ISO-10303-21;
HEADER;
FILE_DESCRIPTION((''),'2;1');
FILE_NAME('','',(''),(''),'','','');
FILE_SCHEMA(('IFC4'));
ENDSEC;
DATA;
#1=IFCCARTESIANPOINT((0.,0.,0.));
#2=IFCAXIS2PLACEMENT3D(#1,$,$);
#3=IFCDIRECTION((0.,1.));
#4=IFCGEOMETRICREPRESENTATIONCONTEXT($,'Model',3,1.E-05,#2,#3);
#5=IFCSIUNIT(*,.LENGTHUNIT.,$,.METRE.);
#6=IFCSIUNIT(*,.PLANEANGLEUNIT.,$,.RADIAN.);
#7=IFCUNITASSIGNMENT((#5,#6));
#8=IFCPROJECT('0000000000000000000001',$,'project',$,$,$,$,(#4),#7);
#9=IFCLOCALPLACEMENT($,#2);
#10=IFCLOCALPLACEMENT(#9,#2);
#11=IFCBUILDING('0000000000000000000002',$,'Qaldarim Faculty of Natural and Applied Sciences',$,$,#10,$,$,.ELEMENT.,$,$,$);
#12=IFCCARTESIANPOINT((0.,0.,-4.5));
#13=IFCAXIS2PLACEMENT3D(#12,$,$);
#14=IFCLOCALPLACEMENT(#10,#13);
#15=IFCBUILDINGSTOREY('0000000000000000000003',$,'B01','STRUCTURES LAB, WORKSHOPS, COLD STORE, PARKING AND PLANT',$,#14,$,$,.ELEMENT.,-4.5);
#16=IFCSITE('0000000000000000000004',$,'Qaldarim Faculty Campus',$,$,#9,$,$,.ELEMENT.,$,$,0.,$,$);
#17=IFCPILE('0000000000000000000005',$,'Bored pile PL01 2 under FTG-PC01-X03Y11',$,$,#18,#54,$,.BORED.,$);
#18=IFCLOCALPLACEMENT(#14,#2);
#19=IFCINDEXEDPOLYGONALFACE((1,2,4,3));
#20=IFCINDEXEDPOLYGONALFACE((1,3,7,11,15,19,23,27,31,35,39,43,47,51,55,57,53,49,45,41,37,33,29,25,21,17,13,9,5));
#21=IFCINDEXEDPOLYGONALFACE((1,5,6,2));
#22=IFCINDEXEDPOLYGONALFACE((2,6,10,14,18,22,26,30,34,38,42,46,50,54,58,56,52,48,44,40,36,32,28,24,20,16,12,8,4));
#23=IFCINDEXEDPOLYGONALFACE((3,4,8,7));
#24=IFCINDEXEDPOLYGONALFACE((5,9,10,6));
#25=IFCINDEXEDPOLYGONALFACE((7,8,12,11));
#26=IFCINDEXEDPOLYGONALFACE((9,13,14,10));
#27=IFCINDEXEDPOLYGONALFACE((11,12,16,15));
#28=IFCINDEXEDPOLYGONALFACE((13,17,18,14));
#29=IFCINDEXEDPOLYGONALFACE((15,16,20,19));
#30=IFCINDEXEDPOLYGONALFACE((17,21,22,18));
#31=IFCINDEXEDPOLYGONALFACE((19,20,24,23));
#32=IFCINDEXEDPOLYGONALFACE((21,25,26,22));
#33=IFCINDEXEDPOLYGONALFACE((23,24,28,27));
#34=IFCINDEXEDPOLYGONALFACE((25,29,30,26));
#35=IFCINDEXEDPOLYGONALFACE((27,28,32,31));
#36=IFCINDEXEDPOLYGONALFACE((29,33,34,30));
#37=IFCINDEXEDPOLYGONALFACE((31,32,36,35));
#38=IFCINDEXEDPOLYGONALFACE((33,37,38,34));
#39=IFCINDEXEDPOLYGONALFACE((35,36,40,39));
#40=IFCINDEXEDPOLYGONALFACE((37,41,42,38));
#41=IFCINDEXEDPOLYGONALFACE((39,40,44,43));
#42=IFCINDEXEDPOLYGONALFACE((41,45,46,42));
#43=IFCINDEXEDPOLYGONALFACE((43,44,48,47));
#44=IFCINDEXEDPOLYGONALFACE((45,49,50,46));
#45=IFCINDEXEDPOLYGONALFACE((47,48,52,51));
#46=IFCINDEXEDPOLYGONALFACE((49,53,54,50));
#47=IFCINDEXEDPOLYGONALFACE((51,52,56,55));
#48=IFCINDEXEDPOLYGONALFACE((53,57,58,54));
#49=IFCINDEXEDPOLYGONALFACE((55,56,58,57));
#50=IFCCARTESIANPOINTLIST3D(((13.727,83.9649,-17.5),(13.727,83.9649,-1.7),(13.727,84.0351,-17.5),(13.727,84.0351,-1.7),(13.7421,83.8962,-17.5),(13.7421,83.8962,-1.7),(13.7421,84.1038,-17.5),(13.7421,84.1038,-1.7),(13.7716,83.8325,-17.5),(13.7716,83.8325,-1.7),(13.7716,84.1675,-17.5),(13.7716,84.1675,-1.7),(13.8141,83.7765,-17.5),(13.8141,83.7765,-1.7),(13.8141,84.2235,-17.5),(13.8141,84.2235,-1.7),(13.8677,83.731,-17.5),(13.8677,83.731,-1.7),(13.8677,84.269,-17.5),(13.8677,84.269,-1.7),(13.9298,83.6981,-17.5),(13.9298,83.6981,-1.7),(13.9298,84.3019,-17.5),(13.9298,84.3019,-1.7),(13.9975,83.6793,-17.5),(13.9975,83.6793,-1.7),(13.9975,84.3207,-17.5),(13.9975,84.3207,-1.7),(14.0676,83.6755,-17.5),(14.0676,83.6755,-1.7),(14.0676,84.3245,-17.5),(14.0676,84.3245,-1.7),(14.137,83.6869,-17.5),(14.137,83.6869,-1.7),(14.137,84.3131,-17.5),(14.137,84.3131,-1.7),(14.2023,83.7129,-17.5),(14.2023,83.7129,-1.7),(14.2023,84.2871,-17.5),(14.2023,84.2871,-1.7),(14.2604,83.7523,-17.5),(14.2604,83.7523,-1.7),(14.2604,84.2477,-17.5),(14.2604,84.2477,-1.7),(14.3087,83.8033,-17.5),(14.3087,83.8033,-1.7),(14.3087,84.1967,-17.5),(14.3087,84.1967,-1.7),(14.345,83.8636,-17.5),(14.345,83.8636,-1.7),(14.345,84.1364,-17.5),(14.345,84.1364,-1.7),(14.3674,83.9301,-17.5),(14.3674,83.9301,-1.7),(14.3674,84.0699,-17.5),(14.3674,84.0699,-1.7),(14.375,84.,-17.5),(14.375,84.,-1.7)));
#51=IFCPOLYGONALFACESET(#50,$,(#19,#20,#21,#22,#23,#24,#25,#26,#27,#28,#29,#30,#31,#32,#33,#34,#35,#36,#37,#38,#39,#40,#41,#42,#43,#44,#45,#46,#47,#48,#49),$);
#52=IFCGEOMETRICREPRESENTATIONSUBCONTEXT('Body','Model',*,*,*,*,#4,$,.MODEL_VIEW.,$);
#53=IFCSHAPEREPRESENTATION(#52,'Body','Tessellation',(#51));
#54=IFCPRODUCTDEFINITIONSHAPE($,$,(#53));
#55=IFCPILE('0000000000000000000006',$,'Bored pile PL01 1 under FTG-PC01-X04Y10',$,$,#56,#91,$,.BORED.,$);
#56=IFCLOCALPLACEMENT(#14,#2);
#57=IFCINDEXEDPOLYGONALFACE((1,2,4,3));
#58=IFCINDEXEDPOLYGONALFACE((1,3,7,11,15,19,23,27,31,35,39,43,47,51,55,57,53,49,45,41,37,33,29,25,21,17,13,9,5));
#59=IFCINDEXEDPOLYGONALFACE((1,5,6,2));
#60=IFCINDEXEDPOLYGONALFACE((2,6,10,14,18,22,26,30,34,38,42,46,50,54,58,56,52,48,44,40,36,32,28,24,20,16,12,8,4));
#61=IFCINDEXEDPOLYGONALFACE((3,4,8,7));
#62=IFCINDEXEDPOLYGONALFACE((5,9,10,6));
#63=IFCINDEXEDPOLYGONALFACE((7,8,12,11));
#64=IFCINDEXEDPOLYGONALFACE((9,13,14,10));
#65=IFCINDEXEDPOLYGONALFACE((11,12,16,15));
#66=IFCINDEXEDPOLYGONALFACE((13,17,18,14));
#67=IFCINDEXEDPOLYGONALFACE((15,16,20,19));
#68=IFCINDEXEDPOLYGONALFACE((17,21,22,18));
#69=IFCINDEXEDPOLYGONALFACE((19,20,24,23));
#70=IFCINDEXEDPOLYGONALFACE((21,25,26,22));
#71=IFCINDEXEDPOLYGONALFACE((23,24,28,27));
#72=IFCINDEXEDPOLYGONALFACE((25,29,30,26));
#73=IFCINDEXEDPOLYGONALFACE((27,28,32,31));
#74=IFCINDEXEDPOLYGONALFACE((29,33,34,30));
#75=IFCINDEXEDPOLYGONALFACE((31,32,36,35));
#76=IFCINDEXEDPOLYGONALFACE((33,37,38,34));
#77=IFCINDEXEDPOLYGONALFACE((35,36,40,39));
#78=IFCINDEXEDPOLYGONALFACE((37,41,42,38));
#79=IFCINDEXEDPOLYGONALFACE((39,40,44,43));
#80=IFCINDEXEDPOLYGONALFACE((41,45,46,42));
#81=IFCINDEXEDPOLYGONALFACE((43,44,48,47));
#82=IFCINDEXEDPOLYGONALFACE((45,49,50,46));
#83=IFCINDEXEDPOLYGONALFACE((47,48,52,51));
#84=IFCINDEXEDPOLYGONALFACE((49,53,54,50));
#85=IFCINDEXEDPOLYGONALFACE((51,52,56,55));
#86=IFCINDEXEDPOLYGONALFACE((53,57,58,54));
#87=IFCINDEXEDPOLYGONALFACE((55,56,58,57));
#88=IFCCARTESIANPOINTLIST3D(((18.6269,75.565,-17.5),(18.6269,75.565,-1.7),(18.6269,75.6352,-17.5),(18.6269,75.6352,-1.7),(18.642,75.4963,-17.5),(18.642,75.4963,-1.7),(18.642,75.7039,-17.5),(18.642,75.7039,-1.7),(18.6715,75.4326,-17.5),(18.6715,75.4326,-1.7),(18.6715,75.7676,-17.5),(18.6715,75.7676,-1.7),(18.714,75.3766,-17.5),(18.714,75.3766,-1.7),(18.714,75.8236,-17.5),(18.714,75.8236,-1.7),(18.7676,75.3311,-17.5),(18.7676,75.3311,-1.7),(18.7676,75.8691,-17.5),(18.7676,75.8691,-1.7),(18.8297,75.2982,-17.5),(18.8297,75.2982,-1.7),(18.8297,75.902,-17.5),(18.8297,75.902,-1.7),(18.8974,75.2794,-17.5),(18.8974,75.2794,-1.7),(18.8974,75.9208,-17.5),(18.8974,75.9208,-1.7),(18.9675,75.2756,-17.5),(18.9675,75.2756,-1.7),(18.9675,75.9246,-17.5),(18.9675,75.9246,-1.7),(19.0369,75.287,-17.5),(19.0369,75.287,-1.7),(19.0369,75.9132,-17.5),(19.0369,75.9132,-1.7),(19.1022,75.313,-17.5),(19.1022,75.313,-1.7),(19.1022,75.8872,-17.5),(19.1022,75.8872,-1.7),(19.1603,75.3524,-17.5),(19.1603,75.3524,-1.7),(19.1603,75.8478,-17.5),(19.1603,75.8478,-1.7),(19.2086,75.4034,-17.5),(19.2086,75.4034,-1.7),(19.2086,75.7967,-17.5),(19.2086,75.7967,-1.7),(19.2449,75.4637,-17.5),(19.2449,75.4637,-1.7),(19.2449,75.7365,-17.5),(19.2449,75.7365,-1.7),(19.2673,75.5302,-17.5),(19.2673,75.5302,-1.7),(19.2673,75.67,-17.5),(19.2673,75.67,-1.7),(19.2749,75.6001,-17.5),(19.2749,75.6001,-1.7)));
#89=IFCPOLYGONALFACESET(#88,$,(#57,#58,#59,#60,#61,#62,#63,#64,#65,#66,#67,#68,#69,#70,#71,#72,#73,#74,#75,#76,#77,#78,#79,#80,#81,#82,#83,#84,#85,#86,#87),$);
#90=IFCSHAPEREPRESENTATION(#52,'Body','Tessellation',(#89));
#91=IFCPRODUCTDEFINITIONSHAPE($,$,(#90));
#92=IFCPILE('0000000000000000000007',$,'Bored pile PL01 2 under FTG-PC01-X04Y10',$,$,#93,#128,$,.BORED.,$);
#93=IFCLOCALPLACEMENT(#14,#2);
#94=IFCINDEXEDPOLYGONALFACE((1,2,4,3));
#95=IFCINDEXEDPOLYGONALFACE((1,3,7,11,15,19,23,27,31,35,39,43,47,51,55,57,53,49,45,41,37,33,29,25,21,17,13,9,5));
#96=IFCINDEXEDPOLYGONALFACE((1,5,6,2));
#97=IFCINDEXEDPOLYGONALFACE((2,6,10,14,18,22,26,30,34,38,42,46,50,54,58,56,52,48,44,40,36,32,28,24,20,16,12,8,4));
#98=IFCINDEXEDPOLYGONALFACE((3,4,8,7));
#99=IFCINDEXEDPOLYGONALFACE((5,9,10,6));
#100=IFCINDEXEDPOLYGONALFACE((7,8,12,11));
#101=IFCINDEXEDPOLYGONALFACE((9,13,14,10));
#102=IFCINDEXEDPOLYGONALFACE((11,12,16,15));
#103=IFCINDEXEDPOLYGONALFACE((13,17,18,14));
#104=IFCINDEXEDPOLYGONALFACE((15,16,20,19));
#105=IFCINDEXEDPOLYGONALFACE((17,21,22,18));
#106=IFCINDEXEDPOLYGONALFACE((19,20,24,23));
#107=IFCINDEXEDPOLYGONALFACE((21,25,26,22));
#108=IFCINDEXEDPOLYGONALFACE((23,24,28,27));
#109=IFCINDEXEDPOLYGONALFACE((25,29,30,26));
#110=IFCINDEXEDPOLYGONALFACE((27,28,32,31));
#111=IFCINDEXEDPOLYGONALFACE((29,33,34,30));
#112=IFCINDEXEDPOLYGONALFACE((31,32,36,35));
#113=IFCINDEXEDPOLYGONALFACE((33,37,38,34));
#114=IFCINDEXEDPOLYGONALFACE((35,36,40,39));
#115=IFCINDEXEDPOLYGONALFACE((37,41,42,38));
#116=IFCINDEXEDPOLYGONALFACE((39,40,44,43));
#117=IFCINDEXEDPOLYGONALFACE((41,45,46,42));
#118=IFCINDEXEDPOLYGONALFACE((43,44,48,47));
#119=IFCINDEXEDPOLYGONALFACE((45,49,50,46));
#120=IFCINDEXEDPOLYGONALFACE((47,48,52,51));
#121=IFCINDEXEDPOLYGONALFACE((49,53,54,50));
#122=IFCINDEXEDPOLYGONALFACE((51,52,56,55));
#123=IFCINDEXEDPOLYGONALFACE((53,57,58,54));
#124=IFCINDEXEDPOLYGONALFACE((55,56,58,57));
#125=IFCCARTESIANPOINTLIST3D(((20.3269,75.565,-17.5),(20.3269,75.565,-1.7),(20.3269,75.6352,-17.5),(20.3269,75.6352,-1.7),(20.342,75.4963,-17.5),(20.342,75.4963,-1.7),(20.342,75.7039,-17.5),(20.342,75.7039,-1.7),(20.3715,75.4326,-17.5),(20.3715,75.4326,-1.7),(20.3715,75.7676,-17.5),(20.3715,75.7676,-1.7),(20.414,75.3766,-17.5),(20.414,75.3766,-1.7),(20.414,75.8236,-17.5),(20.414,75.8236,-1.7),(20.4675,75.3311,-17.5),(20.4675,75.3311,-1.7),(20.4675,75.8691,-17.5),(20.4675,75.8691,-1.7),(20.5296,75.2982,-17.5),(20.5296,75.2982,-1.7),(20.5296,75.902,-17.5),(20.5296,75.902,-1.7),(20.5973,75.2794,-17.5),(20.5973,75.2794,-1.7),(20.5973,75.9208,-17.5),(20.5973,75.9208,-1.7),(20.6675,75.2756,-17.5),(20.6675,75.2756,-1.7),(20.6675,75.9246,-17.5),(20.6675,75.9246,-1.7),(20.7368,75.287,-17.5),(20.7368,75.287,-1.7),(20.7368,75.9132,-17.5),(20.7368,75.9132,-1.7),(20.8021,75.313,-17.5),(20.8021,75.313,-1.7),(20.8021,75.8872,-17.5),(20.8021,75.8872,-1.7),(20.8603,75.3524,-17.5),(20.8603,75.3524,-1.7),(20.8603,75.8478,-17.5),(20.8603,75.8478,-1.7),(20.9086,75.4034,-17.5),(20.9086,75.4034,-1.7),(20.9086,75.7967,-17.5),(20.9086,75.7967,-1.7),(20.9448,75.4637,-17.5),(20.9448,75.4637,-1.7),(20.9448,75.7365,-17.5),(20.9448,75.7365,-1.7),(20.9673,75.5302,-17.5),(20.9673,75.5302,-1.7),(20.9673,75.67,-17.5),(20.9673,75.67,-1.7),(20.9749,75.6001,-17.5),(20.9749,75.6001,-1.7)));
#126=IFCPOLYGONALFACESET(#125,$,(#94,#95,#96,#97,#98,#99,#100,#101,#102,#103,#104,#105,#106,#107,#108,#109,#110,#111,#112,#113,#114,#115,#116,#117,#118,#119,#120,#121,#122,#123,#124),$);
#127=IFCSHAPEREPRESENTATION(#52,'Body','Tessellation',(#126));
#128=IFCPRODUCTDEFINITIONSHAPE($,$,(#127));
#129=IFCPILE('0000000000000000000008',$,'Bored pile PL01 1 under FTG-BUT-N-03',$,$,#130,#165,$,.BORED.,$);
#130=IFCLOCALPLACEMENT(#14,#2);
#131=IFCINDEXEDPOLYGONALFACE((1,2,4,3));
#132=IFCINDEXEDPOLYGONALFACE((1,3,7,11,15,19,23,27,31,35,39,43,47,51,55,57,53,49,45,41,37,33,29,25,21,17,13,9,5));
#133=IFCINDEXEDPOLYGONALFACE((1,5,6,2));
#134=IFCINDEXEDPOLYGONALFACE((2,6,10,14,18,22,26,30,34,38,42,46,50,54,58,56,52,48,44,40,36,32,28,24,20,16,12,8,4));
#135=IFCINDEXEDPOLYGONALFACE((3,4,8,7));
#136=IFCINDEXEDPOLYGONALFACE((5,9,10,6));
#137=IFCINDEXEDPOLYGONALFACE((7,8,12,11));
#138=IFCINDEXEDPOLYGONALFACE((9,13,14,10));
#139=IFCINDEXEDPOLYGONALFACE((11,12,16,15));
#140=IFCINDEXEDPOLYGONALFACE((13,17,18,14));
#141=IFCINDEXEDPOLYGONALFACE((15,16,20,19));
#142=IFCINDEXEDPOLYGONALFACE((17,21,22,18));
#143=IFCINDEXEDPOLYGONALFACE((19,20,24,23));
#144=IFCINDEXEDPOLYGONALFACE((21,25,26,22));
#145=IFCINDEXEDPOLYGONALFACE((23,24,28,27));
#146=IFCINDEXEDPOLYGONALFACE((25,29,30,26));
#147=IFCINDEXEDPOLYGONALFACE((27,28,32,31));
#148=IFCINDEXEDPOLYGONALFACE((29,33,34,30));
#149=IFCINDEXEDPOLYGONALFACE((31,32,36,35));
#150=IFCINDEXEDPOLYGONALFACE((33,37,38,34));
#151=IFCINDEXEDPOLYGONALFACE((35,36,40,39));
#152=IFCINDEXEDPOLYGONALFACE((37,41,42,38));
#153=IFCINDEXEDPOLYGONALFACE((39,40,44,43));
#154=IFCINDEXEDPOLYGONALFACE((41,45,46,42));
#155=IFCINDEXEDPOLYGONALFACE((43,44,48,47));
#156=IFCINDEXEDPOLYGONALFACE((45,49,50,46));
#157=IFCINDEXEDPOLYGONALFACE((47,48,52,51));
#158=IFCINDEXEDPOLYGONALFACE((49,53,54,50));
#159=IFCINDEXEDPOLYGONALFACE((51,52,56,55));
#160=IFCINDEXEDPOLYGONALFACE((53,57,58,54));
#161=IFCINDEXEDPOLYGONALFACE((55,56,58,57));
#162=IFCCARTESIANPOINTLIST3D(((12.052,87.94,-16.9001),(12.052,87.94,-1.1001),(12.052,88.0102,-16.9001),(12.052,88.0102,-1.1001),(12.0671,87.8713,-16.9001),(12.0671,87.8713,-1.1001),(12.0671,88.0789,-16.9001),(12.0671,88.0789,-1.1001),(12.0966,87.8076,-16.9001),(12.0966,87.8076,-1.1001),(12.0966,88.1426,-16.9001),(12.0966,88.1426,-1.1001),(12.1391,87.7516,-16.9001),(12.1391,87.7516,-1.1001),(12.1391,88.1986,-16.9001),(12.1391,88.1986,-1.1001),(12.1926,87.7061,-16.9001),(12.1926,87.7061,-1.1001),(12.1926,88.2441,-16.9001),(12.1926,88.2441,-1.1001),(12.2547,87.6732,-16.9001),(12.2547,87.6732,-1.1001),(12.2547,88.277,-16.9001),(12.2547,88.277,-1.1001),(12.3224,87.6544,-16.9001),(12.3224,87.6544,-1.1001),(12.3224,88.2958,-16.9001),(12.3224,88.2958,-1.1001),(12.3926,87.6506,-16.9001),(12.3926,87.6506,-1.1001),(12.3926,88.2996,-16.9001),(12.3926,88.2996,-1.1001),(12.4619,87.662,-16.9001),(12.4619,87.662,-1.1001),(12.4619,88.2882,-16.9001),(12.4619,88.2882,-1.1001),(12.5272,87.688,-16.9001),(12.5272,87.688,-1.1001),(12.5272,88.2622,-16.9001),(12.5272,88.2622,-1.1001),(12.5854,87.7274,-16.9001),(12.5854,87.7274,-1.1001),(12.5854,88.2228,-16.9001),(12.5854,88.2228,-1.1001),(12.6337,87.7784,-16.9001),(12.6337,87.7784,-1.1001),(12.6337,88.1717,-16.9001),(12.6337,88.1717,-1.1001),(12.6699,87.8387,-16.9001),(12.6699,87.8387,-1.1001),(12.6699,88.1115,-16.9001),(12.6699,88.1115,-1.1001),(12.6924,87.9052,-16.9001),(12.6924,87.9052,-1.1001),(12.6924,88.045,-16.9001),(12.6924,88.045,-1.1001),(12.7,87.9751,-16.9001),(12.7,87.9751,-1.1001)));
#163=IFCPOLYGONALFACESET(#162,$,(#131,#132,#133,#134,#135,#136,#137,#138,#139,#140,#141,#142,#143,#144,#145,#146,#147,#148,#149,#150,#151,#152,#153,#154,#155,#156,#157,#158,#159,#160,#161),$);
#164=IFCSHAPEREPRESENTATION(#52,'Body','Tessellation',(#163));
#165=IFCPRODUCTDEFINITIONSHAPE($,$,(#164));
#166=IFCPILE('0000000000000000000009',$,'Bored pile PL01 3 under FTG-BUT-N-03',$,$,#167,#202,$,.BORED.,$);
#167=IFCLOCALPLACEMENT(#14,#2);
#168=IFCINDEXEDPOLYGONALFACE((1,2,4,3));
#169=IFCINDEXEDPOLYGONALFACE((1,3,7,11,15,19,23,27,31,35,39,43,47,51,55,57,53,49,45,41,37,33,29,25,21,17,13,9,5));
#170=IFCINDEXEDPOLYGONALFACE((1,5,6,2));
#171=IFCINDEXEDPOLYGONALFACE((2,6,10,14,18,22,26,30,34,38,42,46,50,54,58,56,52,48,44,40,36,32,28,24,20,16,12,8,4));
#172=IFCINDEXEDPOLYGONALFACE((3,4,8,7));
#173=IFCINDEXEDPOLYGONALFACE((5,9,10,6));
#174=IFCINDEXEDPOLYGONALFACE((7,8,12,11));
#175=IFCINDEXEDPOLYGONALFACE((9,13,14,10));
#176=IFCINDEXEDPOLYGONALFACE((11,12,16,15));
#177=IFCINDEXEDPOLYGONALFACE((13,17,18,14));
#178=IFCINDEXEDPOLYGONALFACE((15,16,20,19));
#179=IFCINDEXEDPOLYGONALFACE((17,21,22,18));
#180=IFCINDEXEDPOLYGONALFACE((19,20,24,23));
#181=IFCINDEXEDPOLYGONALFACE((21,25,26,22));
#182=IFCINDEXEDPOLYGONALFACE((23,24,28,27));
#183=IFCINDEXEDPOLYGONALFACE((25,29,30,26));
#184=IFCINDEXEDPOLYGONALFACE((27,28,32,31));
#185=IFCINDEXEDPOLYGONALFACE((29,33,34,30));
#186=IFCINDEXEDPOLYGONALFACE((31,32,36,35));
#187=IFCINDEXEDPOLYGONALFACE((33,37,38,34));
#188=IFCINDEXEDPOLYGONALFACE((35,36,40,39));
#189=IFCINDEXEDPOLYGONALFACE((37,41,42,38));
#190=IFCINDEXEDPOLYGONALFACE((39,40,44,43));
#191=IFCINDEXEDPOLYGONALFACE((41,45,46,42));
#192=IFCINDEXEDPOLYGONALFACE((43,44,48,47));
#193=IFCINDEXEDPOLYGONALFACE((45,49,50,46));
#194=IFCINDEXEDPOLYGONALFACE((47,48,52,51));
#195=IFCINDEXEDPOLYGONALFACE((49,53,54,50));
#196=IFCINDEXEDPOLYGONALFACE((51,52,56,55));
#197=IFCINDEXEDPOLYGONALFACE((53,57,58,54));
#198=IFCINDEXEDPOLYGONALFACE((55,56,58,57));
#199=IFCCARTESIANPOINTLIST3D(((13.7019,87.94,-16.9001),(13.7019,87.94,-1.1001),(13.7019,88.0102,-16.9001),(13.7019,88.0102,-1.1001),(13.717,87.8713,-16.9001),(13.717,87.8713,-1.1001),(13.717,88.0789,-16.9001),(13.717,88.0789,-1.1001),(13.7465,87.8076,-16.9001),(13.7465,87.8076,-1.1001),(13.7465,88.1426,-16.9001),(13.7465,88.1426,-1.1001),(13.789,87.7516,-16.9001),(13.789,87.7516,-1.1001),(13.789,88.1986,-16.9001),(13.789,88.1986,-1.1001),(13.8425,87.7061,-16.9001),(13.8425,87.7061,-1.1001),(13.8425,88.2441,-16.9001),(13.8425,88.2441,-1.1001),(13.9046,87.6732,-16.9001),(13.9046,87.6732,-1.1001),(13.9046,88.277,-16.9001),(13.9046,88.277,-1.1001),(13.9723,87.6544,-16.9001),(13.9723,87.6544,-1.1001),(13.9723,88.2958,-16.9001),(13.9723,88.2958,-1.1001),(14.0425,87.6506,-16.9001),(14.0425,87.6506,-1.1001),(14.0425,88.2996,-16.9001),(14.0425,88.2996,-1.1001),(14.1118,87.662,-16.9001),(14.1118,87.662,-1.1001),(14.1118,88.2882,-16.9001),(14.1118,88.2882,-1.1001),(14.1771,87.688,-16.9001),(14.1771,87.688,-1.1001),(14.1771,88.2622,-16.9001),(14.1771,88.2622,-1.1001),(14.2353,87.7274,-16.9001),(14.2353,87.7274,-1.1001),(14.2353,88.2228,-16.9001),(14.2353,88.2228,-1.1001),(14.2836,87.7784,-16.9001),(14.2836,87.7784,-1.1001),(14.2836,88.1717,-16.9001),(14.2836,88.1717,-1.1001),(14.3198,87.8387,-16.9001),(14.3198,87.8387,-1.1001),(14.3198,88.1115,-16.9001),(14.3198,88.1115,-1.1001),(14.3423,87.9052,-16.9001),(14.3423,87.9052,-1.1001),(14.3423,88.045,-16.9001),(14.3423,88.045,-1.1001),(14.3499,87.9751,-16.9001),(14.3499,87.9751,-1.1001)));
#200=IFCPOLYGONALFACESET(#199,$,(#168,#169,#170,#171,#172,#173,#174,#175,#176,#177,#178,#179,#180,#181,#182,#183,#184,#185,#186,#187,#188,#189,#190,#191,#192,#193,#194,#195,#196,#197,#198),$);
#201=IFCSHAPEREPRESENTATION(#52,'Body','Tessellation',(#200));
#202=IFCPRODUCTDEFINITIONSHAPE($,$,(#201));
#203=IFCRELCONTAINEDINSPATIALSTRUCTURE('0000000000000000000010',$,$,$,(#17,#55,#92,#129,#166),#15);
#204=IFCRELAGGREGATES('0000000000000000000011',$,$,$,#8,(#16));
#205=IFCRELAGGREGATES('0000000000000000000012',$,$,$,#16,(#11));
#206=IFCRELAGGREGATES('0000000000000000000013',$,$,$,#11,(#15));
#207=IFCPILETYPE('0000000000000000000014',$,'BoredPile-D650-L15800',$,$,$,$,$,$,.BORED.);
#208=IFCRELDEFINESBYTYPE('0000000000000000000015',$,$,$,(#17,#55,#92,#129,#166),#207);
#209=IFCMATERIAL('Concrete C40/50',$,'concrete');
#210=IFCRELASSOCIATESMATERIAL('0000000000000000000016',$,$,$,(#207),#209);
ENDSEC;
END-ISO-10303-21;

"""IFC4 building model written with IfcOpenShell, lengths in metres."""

from ifc_helpers import new_model, si_unit, direction, frame, origin, origin_2d, place, context, subcontext, project, spatial, circle, extrude, material, material_profile, profile_set, type_object, element, save


model = new_model("IFC4")

# Units and contexts
model_context = context("Model", 3, precision=1e-05, world=origin(), true_north=direction((0.0, 1.0)))
body_context = subcontext(model_context, "Body", "Model", "MODEL_VIEW")
ifc_project = project(units=[si_unit("LENGTHUNIT", "METRE"), si_unit("PLANEANGLEUNIT", "RADIAN")], contexts=[model_context])

# Site, building, storey
site_placement = place(None, origin())
site = spatial("IfcSite", under=ifc_project, at=site_placement, Name="Qaldarim Faculty Campus", CompositionType="ELEMENT", RefElevation=0.0)
building_placement = place(site_placement, origin())
building = spatial("IfcBuilding", under=site, at=building_placement, Name="Qaldarim Faculty of Natural and Applied Sciences", CompositionType="ELEMENT")
storey_placement = place(building_placement, frame((0.0, 0.0, -4.5)))
storey = spatial("IfcBuildingStorey", under=building, at=storey_placement, Name="B01", Description="STRUCTURES LAB, WORKSHOPS, COLD STORE, PARKING AND PLANT", CompositionType="ELEMENT", Elevation=-4.5)

# Piles
ifc_material_1 = material(Name="Concrete C40/50", Category="concrete")
ifc_material_profile_1 = material_profile(ifc_material_1, circle(Radius=0.325, at=origin_2d()), Name="PILE-D650")
ifc_profile_set_1 = profile_set([ifc_material_profile_1], Name="Concrete C40/50")
pile_type_1 = type_object("IfcPileType", Name="BoredPile-D650-L15800", PredefinedType="BORED", material=ifc_profile_set_1)
for number, where, z_axis, x_axis, name in (
    (1, (14.05, 84.0, -1.7), (0.0, 0.0, -1.0), (1.0, 0.0, 0.0), "Bored pile PL01 2 under FTG-PC01-X03Y11"),
    (2, (18.95, 75.6001, -1.7), (0.0, 0.0, -1.0), (1.0, 0.0, 0.0), "Bored pile PL01 1 under FTG-PC01-X04Y10"),
    (3, (20.6499, 75.6001, -1.7), (0.0, 0.0, -1.0), (1.0, 0.0, 0.0), "Bored pile PL01 2 under FTG-PC01-X04Y10"),
    (4, (12.375, 87.9751, -1.1001), (0.0, 0.0, -1.0), (1.0, 0.0, 0.0), "Bored pile PL01 1 under FTG-BUT-N-03"),
    (5, (14.0249, 87.9751, -1.1001), (0.0, 0.0, -1.0), (1.0, 0.0, 0.0), "Bored pile PL01 3 under FTG-BUT-N-03"),
):
    element("IfcPile", number, at=place(storey_placement, frame(where, z_axis=z_axis, x_axis=x_axis)), inside=storey, type_object=pile_type_1, Name=name, PredefinedType="BORED", context=body_context, shape_type="SweptSolid", body=[
        extrude(circle(Radius=0.325, at=origin_2d()), origin(), (0.0, 0.0, 1.0), 15.8),
    ])

save(model, "model.ifc")
